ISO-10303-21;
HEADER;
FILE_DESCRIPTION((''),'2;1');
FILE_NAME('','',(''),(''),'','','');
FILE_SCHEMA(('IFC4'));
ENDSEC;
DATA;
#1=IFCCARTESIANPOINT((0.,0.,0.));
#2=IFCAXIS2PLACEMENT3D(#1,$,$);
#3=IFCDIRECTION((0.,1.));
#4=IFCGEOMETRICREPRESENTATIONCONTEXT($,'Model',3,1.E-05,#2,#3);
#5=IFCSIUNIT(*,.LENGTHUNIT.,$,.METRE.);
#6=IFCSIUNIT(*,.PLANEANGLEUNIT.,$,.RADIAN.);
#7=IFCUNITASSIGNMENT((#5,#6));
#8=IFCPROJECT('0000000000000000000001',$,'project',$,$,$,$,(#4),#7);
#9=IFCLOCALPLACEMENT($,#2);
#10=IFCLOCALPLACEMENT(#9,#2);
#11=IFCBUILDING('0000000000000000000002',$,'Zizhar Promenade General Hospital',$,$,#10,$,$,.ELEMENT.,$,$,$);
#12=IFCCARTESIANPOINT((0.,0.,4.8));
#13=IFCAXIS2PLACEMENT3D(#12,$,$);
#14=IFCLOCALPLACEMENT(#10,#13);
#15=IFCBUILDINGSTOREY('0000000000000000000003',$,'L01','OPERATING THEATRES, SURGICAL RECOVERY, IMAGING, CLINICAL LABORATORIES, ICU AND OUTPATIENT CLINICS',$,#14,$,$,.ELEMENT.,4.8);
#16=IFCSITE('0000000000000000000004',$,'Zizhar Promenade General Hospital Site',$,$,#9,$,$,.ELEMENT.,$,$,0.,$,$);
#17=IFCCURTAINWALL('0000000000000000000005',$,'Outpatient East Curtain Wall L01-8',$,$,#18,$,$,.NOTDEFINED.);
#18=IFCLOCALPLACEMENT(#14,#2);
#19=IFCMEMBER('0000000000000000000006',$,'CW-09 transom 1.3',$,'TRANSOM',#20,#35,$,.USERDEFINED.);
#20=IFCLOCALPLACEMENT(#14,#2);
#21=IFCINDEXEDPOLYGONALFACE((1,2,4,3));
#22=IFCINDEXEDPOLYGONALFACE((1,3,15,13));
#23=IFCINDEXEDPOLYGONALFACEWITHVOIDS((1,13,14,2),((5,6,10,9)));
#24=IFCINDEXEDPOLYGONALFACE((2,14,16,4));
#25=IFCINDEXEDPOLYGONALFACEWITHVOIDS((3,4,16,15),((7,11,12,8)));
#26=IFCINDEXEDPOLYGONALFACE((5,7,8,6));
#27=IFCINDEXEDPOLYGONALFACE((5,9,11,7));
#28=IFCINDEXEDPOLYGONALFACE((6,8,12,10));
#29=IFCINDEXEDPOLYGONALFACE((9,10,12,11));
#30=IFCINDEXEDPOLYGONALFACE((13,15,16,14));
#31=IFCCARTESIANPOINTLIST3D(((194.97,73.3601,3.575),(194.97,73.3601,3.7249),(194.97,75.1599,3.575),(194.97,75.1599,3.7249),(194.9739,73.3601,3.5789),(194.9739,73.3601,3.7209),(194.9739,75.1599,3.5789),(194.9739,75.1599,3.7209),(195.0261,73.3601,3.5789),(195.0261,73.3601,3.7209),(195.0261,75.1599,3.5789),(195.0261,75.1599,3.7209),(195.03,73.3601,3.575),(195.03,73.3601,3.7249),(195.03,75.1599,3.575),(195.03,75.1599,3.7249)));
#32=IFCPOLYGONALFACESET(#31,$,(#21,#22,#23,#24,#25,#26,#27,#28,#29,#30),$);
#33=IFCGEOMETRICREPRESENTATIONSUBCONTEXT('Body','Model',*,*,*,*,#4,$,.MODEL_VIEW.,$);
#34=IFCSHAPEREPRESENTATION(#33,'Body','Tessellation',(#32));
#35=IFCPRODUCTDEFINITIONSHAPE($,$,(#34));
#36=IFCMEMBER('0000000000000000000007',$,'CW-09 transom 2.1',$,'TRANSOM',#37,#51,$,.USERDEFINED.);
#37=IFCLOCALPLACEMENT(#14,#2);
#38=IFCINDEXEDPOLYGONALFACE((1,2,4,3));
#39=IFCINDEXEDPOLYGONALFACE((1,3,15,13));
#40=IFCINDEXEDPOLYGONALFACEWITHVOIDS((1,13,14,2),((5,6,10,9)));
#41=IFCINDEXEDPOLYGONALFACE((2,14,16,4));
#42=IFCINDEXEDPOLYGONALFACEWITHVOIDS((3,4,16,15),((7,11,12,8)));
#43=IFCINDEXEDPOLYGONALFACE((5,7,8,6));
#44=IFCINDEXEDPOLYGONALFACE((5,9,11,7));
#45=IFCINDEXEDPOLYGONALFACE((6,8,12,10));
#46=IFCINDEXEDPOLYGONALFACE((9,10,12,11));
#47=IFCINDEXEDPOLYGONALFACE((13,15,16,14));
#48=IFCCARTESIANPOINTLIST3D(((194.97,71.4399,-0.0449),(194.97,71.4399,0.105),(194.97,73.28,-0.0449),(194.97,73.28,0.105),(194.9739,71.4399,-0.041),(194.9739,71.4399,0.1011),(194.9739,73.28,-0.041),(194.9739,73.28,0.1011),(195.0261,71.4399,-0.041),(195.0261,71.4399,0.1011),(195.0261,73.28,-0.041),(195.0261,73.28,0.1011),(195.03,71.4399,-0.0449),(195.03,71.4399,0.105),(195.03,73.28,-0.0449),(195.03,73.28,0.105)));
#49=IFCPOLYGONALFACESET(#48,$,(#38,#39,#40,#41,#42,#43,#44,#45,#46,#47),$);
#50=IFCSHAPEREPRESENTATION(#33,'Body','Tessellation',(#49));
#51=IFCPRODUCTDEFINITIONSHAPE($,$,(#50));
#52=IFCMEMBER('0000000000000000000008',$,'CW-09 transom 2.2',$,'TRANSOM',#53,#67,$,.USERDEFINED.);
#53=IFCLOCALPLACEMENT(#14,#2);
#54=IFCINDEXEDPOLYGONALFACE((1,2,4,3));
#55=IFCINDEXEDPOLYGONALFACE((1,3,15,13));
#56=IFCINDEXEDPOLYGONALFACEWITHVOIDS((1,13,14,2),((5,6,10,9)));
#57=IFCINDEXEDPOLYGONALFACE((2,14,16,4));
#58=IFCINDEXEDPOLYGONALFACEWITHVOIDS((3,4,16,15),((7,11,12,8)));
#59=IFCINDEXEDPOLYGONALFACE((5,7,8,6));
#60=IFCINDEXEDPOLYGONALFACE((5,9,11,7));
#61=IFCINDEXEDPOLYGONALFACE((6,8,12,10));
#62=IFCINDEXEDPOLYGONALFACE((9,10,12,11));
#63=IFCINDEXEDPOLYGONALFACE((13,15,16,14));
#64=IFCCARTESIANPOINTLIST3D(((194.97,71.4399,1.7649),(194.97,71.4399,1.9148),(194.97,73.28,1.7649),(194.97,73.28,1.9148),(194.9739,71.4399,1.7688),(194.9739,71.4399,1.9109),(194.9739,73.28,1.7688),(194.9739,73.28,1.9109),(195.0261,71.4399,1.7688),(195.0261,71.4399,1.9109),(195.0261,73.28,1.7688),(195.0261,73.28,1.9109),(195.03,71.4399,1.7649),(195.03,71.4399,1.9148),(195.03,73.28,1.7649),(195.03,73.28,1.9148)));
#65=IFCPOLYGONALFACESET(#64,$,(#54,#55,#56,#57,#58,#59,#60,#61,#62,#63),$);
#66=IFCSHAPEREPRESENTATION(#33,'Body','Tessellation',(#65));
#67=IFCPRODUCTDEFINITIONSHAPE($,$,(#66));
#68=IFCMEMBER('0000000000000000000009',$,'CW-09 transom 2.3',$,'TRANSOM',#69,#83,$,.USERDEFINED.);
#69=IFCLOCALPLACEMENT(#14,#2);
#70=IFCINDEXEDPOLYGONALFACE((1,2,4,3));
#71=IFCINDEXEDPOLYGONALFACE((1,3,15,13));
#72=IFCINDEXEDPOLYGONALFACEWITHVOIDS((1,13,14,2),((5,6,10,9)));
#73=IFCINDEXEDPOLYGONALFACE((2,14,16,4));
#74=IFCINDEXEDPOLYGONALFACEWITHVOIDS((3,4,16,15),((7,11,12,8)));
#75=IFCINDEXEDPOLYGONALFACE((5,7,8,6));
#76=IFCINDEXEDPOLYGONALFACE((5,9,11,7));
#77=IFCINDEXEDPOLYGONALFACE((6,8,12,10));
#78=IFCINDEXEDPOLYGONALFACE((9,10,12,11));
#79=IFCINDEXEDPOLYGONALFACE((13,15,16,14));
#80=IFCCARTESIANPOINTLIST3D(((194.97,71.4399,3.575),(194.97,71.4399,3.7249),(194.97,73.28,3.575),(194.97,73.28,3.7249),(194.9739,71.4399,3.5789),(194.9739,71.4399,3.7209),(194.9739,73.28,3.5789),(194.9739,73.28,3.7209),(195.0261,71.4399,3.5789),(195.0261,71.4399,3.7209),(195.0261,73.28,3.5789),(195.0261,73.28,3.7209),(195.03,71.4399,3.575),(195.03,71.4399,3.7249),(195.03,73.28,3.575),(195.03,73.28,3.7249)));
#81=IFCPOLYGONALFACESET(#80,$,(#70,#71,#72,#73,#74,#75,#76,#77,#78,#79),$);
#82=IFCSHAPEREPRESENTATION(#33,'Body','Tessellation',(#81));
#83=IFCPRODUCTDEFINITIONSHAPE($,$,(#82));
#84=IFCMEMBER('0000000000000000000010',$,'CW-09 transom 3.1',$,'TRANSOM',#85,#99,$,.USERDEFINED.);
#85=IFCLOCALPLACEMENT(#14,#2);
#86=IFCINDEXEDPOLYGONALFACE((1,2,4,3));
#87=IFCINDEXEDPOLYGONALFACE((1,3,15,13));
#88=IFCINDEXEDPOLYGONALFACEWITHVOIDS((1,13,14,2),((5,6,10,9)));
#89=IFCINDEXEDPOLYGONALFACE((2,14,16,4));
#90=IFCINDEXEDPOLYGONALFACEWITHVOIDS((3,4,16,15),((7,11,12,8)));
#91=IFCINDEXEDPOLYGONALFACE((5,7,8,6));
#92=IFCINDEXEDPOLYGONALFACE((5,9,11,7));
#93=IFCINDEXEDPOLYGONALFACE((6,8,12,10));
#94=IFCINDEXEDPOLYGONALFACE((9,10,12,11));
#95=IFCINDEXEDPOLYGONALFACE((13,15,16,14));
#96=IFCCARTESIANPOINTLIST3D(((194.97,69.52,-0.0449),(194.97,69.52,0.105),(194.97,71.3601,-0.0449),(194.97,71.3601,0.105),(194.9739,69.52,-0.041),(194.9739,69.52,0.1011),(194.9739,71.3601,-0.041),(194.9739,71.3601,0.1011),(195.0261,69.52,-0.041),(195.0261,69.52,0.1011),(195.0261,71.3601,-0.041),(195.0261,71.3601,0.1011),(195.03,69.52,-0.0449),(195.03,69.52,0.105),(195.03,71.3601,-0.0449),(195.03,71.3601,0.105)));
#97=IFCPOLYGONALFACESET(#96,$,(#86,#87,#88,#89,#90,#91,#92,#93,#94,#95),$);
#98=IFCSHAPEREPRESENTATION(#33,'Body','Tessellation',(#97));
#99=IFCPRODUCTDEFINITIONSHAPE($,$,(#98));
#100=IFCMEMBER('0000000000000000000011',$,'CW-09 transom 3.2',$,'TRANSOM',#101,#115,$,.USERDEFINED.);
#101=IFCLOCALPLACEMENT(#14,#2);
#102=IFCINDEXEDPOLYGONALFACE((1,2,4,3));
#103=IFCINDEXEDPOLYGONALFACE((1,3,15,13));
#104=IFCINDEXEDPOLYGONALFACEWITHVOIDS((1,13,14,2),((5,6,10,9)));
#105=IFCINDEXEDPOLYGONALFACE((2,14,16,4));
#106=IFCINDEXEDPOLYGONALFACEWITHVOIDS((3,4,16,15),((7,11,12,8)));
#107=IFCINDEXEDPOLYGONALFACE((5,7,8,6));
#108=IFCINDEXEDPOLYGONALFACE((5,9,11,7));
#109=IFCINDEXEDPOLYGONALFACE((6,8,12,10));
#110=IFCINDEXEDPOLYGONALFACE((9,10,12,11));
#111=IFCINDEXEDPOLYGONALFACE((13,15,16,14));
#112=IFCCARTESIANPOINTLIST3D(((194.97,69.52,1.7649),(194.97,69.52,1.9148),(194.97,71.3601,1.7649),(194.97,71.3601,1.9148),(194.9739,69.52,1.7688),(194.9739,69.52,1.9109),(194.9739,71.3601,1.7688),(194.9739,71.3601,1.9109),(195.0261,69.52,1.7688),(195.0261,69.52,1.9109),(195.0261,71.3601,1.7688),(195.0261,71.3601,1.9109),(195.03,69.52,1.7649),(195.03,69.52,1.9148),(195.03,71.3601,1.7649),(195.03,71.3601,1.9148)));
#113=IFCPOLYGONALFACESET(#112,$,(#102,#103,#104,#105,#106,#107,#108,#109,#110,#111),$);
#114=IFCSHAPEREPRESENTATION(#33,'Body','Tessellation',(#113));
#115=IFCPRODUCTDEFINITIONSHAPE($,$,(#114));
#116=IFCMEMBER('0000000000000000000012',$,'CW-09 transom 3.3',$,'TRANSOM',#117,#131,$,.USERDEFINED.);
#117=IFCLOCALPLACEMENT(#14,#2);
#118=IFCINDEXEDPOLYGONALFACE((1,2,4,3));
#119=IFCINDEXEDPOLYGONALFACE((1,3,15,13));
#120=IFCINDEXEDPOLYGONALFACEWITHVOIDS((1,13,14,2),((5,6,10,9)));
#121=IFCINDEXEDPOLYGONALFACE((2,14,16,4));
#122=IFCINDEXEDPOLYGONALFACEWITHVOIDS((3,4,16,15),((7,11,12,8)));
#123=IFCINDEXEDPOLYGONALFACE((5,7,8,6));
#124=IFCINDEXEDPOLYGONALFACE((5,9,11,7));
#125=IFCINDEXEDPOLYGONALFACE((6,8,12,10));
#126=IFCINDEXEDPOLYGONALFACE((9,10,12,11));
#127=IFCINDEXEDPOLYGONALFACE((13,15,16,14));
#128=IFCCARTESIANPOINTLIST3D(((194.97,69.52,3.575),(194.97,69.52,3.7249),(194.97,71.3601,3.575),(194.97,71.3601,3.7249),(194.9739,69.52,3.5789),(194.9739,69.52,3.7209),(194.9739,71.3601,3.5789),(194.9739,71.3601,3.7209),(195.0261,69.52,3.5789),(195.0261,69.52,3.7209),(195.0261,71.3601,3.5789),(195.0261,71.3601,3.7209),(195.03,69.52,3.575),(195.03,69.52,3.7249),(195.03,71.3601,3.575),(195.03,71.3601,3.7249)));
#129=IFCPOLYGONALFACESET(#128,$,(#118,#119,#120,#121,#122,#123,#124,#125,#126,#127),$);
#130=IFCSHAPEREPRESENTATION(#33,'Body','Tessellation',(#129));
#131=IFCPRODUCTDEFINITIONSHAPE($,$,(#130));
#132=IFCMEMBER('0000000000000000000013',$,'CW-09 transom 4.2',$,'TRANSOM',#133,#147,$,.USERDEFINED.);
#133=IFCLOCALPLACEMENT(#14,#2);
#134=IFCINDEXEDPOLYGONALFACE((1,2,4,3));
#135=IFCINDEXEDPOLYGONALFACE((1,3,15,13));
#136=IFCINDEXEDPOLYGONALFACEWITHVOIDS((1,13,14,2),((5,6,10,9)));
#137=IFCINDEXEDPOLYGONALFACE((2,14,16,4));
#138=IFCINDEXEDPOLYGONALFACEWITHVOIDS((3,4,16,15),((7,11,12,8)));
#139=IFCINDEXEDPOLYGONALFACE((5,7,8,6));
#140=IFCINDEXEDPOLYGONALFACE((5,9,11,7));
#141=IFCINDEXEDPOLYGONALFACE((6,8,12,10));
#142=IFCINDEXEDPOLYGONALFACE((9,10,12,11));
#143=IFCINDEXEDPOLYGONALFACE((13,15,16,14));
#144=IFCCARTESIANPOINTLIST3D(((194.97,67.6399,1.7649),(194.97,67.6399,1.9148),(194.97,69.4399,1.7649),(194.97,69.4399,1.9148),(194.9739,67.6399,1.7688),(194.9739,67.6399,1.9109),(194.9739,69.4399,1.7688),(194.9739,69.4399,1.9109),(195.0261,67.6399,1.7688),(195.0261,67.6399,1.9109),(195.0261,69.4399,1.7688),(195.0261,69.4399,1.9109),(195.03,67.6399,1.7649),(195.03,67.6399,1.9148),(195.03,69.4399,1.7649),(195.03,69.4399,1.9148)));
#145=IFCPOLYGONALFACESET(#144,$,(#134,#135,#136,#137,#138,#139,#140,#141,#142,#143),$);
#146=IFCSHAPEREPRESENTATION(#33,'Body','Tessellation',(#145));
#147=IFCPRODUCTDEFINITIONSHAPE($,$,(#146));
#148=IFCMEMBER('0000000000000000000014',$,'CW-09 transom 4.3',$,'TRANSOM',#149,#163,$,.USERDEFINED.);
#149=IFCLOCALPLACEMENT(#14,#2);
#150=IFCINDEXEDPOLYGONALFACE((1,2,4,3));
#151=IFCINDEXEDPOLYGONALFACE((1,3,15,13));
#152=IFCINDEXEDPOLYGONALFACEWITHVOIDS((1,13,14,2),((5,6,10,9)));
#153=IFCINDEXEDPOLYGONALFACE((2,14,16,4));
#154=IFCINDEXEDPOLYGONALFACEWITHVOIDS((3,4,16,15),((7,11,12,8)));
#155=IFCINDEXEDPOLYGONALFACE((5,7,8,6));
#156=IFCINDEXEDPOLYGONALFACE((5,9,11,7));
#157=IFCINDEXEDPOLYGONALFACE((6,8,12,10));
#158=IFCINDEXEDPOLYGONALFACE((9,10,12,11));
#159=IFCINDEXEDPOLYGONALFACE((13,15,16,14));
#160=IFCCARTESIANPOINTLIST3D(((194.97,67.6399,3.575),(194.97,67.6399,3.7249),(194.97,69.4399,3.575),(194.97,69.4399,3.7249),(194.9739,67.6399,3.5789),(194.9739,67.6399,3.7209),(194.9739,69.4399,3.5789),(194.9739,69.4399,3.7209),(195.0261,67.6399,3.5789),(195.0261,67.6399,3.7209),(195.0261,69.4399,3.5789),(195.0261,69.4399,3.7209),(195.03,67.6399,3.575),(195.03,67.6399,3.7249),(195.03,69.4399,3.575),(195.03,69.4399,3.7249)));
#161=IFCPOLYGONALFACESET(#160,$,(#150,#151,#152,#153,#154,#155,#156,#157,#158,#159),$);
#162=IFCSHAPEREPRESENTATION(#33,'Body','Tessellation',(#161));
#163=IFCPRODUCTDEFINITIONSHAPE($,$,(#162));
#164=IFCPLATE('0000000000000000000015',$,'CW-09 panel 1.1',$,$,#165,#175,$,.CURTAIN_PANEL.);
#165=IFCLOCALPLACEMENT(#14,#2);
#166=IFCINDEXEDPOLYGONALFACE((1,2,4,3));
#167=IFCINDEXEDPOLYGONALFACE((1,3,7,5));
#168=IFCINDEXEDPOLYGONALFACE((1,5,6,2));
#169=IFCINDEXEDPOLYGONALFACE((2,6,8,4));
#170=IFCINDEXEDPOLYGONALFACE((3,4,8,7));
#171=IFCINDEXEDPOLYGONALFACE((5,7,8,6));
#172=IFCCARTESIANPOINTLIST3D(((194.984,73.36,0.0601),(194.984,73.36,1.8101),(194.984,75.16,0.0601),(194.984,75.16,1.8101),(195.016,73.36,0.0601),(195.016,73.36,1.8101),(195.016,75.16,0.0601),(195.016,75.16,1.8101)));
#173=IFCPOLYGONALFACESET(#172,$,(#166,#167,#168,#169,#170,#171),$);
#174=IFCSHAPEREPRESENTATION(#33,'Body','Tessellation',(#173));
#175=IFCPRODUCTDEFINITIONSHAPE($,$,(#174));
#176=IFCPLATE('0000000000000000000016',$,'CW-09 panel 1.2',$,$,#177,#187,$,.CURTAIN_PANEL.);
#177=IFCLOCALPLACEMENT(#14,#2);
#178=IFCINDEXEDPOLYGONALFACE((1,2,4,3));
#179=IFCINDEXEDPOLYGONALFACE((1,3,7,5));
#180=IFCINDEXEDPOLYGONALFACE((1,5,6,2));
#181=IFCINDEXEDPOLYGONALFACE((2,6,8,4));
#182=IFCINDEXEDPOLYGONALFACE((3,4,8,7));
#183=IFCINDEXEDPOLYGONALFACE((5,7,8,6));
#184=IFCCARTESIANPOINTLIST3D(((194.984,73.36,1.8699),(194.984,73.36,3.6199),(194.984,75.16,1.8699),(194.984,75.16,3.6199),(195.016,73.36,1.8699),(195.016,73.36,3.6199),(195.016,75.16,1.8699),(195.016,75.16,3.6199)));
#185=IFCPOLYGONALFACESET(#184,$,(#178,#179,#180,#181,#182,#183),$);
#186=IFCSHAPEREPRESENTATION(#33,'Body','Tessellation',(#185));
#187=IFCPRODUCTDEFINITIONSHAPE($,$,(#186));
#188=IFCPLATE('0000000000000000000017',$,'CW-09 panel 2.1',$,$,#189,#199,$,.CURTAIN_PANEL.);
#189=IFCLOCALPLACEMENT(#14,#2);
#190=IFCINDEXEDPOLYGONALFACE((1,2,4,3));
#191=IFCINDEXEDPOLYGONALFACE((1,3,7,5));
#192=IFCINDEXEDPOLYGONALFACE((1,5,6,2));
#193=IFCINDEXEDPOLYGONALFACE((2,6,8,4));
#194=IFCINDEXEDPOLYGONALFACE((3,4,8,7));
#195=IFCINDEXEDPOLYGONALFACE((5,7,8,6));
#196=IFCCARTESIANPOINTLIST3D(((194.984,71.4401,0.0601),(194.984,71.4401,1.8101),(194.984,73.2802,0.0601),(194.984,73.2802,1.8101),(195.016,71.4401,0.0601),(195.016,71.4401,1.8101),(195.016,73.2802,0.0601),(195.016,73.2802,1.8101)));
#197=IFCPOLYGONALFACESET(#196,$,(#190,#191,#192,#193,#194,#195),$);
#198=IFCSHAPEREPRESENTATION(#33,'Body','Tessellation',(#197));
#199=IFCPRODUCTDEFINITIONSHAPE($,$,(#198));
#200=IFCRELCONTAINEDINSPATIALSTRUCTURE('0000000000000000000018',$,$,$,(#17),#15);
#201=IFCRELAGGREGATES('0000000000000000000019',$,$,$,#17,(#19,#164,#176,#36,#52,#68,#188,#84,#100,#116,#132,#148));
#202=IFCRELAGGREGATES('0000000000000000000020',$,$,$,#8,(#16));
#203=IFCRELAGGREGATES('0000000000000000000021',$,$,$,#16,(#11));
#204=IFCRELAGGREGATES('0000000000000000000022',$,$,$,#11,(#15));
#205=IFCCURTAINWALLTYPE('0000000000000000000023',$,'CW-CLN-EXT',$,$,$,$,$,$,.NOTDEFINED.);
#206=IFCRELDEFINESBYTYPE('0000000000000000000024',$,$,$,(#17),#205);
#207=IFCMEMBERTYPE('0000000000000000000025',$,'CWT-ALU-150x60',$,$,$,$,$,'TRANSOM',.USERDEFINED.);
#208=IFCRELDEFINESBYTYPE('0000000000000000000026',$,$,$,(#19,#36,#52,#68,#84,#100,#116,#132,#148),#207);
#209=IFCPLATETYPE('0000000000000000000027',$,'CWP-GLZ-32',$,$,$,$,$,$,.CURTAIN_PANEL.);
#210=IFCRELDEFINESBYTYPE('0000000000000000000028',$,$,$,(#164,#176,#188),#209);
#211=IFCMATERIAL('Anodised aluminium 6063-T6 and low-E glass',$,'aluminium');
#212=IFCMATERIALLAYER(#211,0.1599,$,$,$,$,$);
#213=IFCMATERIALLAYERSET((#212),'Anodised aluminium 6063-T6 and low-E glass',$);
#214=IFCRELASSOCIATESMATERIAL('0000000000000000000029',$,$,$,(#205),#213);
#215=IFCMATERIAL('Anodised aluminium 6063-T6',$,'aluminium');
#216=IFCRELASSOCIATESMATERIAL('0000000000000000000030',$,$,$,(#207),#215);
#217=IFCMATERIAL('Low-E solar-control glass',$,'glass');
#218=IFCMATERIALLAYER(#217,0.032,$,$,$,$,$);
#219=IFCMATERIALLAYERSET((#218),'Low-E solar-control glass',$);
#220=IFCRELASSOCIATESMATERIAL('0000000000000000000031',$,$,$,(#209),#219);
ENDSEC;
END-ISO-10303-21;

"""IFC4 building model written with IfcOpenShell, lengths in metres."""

from ifc_helpers import new_model, si_unit, direction, frame, origin, origin_2d, place, context, subcontext, project, spatial, rectangle, hollow_rectangle, extrude, material, layer, layer_set, material_profile, profile_set, type_object, element, aggregate, save


model = new_model("IFC4")

# Units and contexts
model_context = context("Model", 3, precision=1e-05, world=origin(), true_north=direction((0.0, 1.0)))
body_context = subcontext(model_context, "Body", "Model", "MODEL_VIEW")
ifc_project = project(units=[si_unit("LENGTHUNIT", "METRE"), si_unit("PLANEANGLEUNIT", "RADIAN")], contexts=[model_context])

# Site, building, storey
site_placement = place(None, origin())
site = spatial("IfcSite", under=ifc_project, at=site_placement, Name="Zizhar Promenade General Hospital Site", CompositionType="ELEMENT", RefElevation=0.0)
building_placement = place(site_placement, origin())
building = spatial("IfcBuilding", under=site, at=building_placement, Name="Zizhar Promenade General Hospital", CompositionType="ELEMENT")
storey_placement = place(building_placement, frame((0.0, 0.0, 4.8)))
storey = spatial("IfcBuildingStorey", under=building, at=storey_placement, Name="L01", Description="OPERATING THEATRES, SURGICAL RECOVERY, IMAGING, CLINICAL LABORATORIES, ICU AND OUTPATIENT CLINICS", CompositionType="ELEMENT", Elevation=4.8)

# Curtain wall, members, plates
ifc_material_1 = material(Name="Anodised aluminium 6063-T6 and low-E glass", Category="aluminium")
ifc_layer_1 = layer(ifc_material_1, 0.1599)
ifc_layer_set_1 = layer_set([ifc_layer_1], Name="Anodised aluminium 6063-T6 and low-E glass")
curtain_wall_type = type_object("IfcCurtainWallType", Name="CW-CLN-EXT", PredefinedType="NOTDEFINED", material=ifc_layer_set_1)
curtain_wall_placement = place(storey_placement, origin())
curtain_wall = element("IfcCurtainWall", 1, at=curtain_wall_placement, inside=storey, type_object=curtain_wall_type, Name="Outpatient East Curtain Wall L01-8", PredefinedType="NOTDEFINED")
ifc_material_2 = material(Name="Anodised aluminium 6063-T6", Category="aluminium")
ifc_material_profile_1 = material_profile(ifc_material_2, hollow_rectangle(XDim=0.0601, YDim=0.1499, WallThickness=0.0039, at=origin_2d()))
ifc_profile_set_1 = profile_set([ifc_material_profile_1], Name="Anodised aluminium 6063-T6")
member_type_1 = type_object("IfcMemberType", Name="CWT-ALU-150x60", ElementType="TRANSOM", PredefinedType="USERDEFINED", material=ifc_profile_set_1)
member_1_placement = place(storey_placement, frame((195.0, 75.1599, 3.6499), z_axis=(0.0, -1.0, 0.0), x_axis=(1.0, 0.0, 0.0)))
member_1 = element("IfcMember", 2, at=member_1_placement, type_object=member_type_1, Name="CW-09 transom 1.3", ObjectType="TRANSOM", PredefinedType="USERDEFINED", context=body_context, shape_type="SweptSolid", body=[
    extrude(hollow_rectangle(XDim=0.0601, YDim=0.1499, WallThickness=0.0039, at=origin_2d()), origin(), (0.0, 0.0, 1.0), 1.7998),
])
member_2_placement = place(storey_placement, frame((195.0, 73.28, 0.03), z_axis=(0.0, -1.0, 0.0), x_axis=(1.0, 0.0, 0.0)))
member_2 = element("IfcMember", 3, at=member_2_placement, type_object=member_type_1, Name="CW-09 transom 2.1", ObjectType="TRANSOM", PredefinedType="USERDEFINED", context=body_context, shape_type="SweptSolid", body=[
    extrude(hollow_rectangle(XDim=0.0601, YDim=0.1499, WallThickness=0.0039, at=origin_2d()), origin(), (0.0, 0.0, 1.0), 1.8401),
])
member_3_placement = place(storey_placement, frame((195.0, 73.28, 1.8398), z_axis=(0.0, -1.0, 0.0), x_axis=(1.0, 0.0, 0.0)))
member_3 = element("IfcMember", 4, at=member_3_placement, type_object=member_type_1, Name="CW-09 transom 2.2", ObjectType="TRANSOM", PredefinedType="USERDEFINED", context=body_context, shape_type="SweptSolid", body=[
    extrude(hollow_rectangle(XDim=0.0601, YDim=0.1499, WallThickness=0.0039, at=origin_2d()), origin(), (0.0, 0.0, 1.0), 1.8401),
])
member_4_placement = place(storey_placement, frame((195.0, 73.28, 3.6499), z_axis=(0.0, -1.0, 0.0), x_axis=(1.0, 0.0, 0.0)))
member_4 = element("IfcMember", 5, at=member_4_placement, type_object=member_type_1, Name="CW-09 transom 2.3", ObjectType="TRANSOM", PredefinedType="USERDEFINED", context=body_context, shape_type="SweptSolid", body=[
    extrude(hollow_rectangle(XDim=0.0601, YDim=0.1499, WallThickness=0.0039, at=origin_2d()), origin(), (0.0, 0.0, 1.0), 1.8401),
])
member_5_placement = place(storey_placement, frame((195.0, 71.3601, 0.03), z_axis=(0.0, -1.0, 0.0), x_axis=(1.0, 0.0, 0.0)))
member_5 = element("IfcMember", 6, at=member_5_placement, type_object=member_type_1, Name="CW-09 transom 3.1", ObjectType="TRANSOM", PredefinedType="USERDEFINED", context=body_context, shape_type="SweptSolid", body=[
    extrude(hollow_rectangle(XDim=0.0601, YDim=0.1499, WallThickness=0.0039, at=origin_2d()), origin(), (0.0, 0.0, 1.0), 1.8401),
])
member_6_placement = place(storey_placement, frame((195.0, 71.3601, 1.8398), z_axis=(0.0, -1.0, 0.0), x_axis=(1.0, 0.0, 0.0)))
member_6 = element("IfcMember", 7, at=member_6_placement, type_object=member_type_1, Name="CW-09 transom 3.2", ObjectType="TRANSOM", PredefinedType="USERDEFINED", context=body_context, shape_type="SweptSolid", body=[
    extrude(hollow_rectangle(XDim=0.0601, YDim=0.1499, WallThickness=0.0039, at=origin_2d()), origin(), (0.0, 0.0, 1.0), 1.8401),
])
member_7_placement = place(storey_placement, frame((195.0, 71.3601, 3.6499), z_axis=(0.0, -1.0, 0.0), x_axis=(1.0, 0.0, 0.0)))
member_7 = element("IfcMember", 8, at=member_7_placement, type_object=member_type_1, Name="CW-09 transom 3.3", ObjectType="TRANSOM", PredefinedType="USERDEFINED", context=body_context, shape_type="SweptSolid", body=[
    extrude(hollow_rectangle(XDim=0.0601, YDim=0.1499, WallThickness=0.0039, at=origin_2d()), origin(), (0.0, 0.0, 1.0), 1.8401),
])
member_8_placement = place(storey_placement, frame((195.0, 69.4399, 1.8398), z_axis=(0.0, -1.0, 0.0), x_axis=(1.0, 0.0, 0.0)))
member_8 = element("IfcMember", 9, at=member_8_placement, type_object=member_type_1, Name="CW-09 transom 4.2", ObjectType="TRANSOM", PredefinedType="USERDEFINED", context=body_context, shape_type="SweptSolid", body=[
    extrude(hollow_rectangle(XDim=0.0601, YDim=0.1499, WallThickness=0.0039, at=origin_2d()), origin(), (0.0, 0.0, 1.0), 1.8),
])
member_9_placement = place(storey_placement, frame((195.0, 69.4399, 3.6499), z_axis=(0.0, -1.0, 0.0), x_axis=(1.0, 0.0, 0.0)))
member_9 = element("IfcMember", 10, at=member_9_placement, type_object=member_type_1, Name="CW-09 transom 4.3", ObjectType="TRANSOM", PredefinedType="USERDEFINED", context=body_context, shape_type="SweptSolid", body=[
    extrude(hollow_rectangle(XDim=0.0601, YDim=0.1499, WallThickness=0.0039, at=origin_2d()), origin(), (0.0, 0.0, 1.0), 1.8),
])
ifc_material_3 = material(Name="Low-E solar-control glass", Category="glass")
ifc_layer_2 = layer(ifc_material_3, 0.032)
ifc_layer_set_2 = layer_set([ifc_layer_2], Name="Low-E solar-control glass")
plate_type = type_object("IfcPlateType", Name="CWP-GLZ-32", PredefinedType="CURTAIN_PANEL", material=ifc_layer_set_2)
plate_1_placement = place(storey_placement, frame((195.0, 74.26, 0.0601), z_axis=(0.0, 0.0, 1.0), x_axis=(0.0, -1.0, 0.0)))
plate_1 = element("IfcPlate", 11, at=plate_1_placement, type_object=plate_type, Name="CW-09 panel 1.1", PredefinedType="CURTAIN_PANEL", context=body_context, shape_type="SweptSolid", body=[
    extrude(rectangle(XDim=1.8, YDim=0.032, at=origin_2d()), origin(), (0.0, 0.0, 1.0), 1.75),
])
plate_2_placement = place(storey_placement, frame((195.0, 74.26, 1.8699), z_axis=(0.0, 0.0, 1.0), x_axis=(0.0, -1.0, 0.0)))
plate_2 = element("IfcPlate", 12, at=plate_2_placement, type_object=plate_type, Name="CW-09 panel 1.2", PredefinedType="CURTAIN_PANEL", context=body_context, shape_type="SweptSolid", body=[
    extrude(rectangle(XDim=1.8, YDim=0.032, at=origin_2d()), origin(), (0.0, 0.0, 1.0), 1.75),
])
plate_3_placement = place(storey_placement, frame((195.0, 72.3601, 0.0601), z_axis=(0.0, 0.0, 1.0), x_axis=(0.0, -1.0, 0.0)))
plate_3 = element("IfcPlate", 13, at=plate_3_placement, type_object=plate_type, Name="CW-09 panel 2.1", PredefinedType="CURTAIN_PANEL", context=body_context, shape_type="SweptSolid", body=[
    extrude(rectangle(XDim=1.8401, YDim=0.032, at=origin_2d()), origin(), (0.0, 0.0, 1.0), 1.75),
])
aggregate(curtain_wall, [member_1, plate_1, plate_2, member_2, member_3, member_4, plate_3, member_5, member_6, member_7, member_8, member_9])

save(model, "model.ifc")
